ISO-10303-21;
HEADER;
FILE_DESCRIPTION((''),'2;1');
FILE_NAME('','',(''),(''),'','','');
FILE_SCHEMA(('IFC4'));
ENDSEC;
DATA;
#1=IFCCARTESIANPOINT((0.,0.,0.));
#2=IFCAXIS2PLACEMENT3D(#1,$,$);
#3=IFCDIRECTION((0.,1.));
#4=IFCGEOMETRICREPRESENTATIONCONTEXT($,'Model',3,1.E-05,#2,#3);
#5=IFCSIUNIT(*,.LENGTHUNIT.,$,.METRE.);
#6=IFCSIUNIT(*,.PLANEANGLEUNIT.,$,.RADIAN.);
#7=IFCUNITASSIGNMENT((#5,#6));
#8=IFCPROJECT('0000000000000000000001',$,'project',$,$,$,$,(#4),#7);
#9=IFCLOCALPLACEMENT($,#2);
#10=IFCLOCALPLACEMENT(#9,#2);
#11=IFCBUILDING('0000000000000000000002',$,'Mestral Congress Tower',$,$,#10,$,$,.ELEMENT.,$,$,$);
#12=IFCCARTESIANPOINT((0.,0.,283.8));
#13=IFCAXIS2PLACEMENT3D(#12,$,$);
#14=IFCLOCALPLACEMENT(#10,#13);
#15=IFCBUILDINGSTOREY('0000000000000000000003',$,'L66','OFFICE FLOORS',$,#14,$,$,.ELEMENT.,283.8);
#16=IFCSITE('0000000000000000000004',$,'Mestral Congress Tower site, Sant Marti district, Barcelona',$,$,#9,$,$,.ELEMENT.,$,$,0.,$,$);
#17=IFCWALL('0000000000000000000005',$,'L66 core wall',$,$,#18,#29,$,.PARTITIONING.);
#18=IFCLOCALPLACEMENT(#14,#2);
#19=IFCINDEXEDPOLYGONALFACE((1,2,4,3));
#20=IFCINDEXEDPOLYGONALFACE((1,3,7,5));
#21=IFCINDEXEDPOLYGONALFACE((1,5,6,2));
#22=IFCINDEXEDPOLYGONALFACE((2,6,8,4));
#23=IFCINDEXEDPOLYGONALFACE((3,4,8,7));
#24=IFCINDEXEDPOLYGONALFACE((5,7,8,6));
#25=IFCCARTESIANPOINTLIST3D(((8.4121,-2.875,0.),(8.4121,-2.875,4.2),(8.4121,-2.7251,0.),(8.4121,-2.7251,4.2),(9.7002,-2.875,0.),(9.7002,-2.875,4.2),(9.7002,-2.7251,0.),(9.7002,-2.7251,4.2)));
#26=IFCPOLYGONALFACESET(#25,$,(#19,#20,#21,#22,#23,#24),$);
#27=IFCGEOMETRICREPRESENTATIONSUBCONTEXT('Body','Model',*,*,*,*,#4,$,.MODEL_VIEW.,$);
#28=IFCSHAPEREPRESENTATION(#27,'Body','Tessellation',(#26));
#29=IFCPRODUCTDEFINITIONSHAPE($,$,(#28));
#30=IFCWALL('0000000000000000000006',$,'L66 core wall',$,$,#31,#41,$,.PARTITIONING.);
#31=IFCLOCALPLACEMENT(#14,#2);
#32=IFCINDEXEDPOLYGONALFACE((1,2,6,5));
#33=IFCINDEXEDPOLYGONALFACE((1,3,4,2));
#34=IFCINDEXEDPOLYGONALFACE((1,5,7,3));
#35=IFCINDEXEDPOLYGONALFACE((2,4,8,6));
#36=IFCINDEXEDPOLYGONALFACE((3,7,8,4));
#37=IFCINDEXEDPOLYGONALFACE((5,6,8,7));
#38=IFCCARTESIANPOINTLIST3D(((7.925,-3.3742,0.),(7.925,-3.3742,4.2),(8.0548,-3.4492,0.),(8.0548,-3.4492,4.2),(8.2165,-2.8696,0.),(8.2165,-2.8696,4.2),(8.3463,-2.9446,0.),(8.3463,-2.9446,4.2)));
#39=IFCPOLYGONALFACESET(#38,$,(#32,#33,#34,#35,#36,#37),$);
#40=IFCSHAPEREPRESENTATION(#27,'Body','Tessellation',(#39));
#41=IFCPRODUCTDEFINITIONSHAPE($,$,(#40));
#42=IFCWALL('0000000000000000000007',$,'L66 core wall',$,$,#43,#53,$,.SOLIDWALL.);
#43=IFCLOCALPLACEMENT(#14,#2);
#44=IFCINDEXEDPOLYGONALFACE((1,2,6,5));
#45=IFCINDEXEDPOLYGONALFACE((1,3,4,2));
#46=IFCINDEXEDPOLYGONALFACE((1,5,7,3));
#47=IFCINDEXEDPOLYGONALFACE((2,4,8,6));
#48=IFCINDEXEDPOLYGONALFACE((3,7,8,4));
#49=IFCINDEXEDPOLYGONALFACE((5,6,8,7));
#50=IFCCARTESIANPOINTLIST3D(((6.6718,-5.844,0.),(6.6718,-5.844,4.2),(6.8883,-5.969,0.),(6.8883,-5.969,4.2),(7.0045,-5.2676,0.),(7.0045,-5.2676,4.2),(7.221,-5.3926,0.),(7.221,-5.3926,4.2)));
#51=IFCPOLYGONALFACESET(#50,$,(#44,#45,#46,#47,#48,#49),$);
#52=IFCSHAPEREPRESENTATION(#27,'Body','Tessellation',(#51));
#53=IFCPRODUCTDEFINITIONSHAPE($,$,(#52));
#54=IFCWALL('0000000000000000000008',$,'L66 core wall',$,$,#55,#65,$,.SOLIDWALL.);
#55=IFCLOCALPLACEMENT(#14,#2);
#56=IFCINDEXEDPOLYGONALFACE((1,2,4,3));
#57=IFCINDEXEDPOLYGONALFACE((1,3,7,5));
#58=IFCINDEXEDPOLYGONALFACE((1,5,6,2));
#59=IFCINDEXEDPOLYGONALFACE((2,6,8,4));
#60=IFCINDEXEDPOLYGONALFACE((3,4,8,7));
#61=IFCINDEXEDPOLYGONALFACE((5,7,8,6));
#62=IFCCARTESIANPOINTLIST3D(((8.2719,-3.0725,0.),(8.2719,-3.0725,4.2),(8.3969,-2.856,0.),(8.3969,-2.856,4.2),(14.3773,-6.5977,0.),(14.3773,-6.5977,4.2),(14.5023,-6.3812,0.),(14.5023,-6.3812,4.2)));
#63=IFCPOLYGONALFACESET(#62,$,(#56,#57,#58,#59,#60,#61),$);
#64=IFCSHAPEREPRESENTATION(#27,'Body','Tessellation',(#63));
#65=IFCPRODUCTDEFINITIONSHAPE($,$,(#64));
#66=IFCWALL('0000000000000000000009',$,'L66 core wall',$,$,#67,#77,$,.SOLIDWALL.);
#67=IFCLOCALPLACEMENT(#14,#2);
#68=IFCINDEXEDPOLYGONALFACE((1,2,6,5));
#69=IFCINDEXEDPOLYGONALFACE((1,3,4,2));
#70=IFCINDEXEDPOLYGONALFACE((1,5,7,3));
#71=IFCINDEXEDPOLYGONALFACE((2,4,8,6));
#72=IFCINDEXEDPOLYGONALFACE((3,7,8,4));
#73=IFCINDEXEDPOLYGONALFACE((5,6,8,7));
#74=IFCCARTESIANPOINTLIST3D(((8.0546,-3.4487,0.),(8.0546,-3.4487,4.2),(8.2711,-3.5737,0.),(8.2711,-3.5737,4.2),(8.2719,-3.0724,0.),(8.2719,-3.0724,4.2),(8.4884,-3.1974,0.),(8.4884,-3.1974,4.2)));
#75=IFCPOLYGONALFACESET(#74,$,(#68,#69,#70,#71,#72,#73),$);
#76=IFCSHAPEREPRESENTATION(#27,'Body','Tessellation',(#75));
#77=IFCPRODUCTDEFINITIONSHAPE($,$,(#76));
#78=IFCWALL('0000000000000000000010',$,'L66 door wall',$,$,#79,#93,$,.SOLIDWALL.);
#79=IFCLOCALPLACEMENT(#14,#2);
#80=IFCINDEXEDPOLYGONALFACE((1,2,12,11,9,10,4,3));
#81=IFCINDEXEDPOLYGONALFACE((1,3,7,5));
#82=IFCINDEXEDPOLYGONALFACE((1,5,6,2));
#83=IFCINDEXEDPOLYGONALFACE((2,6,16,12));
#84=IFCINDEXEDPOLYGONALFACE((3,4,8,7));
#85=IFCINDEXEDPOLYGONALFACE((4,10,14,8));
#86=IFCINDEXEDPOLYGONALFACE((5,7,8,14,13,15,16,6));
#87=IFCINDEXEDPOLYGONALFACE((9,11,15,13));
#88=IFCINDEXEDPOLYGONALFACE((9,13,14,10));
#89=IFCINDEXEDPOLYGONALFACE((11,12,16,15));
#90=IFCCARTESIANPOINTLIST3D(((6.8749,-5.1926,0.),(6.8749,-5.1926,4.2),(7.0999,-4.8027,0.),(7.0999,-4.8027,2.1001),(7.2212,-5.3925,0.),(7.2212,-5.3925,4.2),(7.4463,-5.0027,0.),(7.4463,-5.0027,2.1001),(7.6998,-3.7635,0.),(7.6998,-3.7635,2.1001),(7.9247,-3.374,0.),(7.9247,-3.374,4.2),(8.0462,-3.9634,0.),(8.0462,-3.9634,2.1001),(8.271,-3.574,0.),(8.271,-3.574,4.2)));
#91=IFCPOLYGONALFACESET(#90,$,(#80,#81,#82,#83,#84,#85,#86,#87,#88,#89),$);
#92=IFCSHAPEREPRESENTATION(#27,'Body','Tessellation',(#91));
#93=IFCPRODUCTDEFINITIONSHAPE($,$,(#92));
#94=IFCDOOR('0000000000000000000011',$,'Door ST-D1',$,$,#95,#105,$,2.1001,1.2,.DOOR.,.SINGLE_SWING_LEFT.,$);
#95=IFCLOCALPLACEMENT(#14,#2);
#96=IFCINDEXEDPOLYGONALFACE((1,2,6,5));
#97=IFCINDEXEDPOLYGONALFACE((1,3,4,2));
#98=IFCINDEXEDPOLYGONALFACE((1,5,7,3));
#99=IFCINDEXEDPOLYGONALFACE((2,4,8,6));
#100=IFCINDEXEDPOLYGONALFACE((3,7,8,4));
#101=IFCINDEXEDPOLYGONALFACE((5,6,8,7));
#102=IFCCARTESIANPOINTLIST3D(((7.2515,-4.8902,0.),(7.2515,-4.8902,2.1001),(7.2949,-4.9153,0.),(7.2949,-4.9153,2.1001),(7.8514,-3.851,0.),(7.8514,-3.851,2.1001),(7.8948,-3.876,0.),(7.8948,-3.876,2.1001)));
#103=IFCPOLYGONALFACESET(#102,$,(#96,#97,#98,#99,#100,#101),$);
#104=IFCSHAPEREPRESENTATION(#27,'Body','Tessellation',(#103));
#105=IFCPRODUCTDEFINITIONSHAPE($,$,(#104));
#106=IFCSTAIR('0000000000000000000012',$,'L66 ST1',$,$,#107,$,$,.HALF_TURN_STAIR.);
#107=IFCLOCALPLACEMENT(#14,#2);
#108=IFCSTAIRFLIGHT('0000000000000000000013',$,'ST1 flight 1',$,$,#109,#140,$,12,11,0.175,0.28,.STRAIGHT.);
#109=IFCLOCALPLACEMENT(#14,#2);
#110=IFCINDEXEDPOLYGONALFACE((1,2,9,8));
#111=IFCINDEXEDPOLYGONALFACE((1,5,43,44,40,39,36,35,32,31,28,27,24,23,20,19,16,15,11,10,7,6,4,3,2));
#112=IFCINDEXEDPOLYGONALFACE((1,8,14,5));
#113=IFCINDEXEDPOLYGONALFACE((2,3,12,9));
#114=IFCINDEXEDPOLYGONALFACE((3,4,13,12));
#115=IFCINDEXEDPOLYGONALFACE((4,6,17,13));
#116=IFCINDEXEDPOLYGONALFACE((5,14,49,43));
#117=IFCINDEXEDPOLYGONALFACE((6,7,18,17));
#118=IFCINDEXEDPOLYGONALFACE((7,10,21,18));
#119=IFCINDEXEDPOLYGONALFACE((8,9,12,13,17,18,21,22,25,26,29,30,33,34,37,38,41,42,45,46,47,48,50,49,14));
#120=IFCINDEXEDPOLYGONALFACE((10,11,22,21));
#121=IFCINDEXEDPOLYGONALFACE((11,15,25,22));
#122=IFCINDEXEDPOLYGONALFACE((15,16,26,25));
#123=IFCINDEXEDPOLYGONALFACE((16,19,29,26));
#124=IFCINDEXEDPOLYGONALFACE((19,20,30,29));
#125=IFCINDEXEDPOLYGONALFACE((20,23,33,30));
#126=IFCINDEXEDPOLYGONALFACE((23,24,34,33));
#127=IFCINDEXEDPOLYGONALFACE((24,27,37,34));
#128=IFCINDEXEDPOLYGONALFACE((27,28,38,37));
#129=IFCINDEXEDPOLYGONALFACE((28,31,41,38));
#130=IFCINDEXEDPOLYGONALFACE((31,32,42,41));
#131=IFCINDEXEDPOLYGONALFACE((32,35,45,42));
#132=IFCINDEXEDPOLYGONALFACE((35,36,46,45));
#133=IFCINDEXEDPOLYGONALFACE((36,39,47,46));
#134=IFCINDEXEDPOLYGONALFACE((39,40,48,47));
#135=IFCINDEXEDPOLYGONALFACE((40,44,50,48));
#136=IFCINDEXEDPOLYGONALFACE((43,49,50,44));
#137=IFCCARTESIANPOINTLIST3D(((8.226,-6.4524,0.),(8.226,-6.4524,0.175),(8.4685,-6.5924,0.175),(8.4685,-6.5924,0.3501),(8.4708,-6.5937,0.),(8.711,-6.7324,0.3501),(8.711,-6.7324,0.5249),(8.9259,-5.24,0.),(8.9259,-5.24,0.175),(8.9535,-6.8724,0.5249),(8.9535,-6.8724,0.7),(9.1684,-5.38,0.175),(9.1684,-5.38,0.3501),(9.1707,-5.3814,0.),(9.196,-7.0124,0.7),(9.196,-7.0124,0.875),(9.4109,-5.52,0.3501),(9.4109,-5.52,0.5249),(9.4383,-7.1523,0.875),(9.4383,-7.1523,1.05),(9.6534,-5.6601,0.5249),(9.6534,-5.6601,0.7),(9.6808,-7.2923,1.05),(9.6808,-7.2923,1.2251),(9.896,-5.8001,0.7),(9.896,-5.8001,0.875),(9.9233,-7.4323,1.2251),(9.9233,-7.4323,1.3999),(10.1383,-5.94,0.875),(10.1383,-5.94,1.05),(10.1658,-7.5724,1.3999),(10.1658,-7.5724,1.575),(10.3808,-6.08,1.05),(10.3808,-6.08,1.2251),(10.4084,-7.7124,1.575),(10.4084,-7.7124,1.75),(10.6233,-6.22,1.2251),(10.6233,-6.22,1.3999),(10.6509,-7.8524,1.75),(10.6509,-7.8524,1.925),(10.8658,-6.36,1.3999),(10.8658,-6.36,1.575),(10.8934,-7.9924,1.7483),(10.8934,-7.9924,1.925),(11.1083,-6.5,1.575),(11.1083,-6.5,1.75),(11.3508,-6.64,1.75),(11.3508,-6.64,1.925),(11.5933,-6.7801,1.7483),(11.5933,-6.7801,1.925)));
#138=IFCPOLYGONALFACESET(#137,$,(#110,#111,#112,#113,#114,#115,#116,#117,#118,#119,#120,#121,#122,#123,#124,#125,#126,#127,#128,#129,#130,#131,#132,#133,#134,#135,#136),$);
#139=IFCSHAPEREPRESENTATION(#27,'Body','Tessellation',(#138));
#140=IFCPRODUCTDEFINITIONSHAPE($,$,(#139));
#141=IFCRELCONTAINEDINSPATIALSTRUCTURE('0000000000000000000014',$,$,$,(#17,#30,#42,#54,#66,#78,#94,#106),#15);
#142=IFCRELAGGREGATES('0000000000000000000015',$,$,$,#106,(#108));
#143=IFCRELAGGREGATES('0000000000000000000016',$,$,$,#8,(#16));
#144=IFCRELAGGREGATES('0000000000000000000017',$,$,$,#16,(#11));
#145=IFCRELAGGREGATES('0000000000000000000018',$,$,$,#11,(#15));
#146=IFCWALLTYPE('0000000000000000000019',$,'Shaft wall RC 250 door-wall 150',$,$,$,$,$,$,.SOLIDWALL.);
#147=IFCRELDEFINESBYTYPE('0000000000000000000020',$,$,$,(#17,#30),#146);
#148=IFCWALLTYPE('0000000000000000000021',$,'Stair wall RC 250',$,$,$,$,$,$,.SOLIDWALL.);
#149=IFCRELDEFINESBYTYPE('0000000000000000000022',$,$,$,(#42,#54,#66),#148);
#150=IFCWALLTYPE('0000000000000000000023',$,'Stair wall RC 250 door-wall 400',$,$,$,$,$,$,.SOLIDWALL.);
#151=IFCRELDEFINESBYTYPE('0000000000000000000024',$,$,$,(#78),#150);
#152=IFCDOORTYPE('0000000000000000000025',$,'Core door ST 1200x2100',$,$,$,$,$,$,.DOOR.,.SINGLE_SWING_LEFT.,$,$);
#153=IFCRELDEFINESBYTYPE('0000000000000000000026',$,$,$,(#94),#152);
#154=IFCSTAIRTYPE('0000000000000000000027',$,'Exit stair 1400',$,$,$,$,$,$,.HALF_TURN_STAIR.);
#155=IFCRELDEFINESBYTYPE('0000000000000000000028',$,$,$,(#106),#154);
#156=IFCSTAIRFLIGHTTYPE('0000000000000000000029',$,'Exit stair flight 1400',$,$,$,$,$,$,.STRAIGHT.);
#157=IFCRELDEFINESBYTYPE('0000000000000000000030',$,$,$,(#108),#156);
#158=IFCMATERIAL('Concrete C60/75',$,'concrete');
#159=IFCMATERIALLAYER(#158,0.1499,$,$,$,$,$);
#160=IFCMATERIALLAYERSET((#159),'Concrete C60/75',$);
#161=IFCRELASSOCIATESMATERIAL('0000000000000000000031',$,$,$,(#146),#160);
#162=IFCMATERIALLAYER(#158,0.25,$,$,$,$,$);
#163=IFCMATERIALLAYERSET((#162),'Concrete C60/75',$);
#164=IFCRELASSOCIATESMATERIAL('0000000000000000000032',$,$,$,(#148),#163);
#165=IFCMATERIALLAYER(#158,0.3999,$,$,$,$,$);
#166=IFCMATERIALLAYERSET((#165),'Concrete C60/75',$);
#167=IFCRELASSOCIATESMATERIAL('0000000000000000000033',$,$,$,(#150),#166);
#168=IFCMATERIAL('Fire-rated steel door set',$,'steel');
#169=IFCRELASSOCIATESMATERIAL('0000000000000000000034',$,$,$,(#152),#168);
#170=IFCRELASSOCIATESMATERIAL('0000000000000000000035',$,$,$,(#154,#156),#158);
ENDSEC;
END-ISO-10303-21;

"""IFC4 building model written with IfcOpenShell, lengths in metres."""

from ifc_helpers import new_model, si_unit, direction, frame, frame_2d, origin, place, context, subcontext, project, spatial, polyline, rectangle, outline, extrude, material, layer, layer_set, type_object, element, fill, aggregate, save


model = new_model("IFC4")

# Units and contexts
model_context = context("Model", 3, precision=1e-05, world=origin(), true_north=direction((0.0, 1.0)))
body_context = subcontext(model_context, "Body", "Model", "MODEL_VIEW")
ifc_project = project(units=[si_unit("LENGTHUNIT", "METRE"), si_unit("PLANEANGLEUNIT", "RADIAN")], contexts=[model_context])

# Site, building, storey
site_placement = place(None, origin())
site = spatial("IfcSite", under=ifc_project, at=site_placement, Name="Mestral Congress Tower site, Sant Marti district, Barcelona", CompositionType="ELEMENT", RefElevation=0.0)
building_placement = place(site_placement, origin())
building = spatial("IfcBuilding", under=site, at=building_placement, Name="Mestral Congress Tower", CompositionType="ELEMENT")
storey_placement = place(building_placement, frame((0.0, 0.0, 283.8)))
storey = spatial("IfcBuildingStorey", under=building, at=storey_placement, Name="L66", Description="OFFICE FLOORS", CompositionType="ELEMENT", Elevation=283.8)

# Shared definitions
ifc_material_1 = material(Name="Fire-rated steel door set", Category="steel")

# Walls
ifc_material_2 = material(Name="Concrete C60/75", Category="concrete")
ifc_layer_1 = layer(ifc_material_2, 0.1499)
ifc_layer_set_1 = layer_set([ifc_layer_1], Name="Concrete C60/75")
wall_type_1 = type_object("IfcWallType", Name="Shaft wall RC 250 door-wall 150", PredefinedType="SOLIDWALL", material=ifc_layer_set_1)
wall_1_placement = place(storey_placement, frame((8.4121, -2.8, 0.0), z_axis=(0.0, 0.0, 1.0), x_axis=(1.0, 0.0, 0.0)))
element("IfcWall", 1, at=wall_1_placement, inside=storey, type_object=wall_type_1, Name="L66 core wall", PredefinedType="PARTITIONING", context=body_context, shape_type="SweptSolid", body=[
    extrude(rectangle(XDim=1.2881, YDim=0.1499, at=frame_2d((0.644, 0.0))), origin(), (0.0, 0.0, 1.0), 4.2),
])
wall_2_placement = place(storey_placement, frame((8.2815, -2.907, 0.0), z_axis=(0.0, 0.0, 1.0), x_axis=(-0.500194, -0.865913, 0.0)))
element("IfcWall", 2, at=wall_2_placement, inside=storey, type_object=wall_type_1, Name="L66 core wall", PredefinedType="PARTITIONING", context=body_context, shape_type="SweptSolid", body=[
    extrude(rectangle(XDim=0.5828, YDim=0.1499, at=frame_2d((0.2915, 0.0))), origin(), (0.0, 0.0, 1.0), 4.2),
])
ifc_layer_2 = layer(ifc_material_2, 0.25)
ifc_layer_set_2 = layer_set([ifc_layer_2], Name="Concrete C60/75")
wall_type_2 = type_object("IfcWallType", Name="Stair wall RC 250", PredefinedType="SOLIDWALL", material=ifc_layer_set_2)
wall_3_placement = place(storey_placement, frame((7.1128, -5.3301, 0.0), z_axis=(0.0, 0.0, 1.0), x_axis=(-0.499966, -0.866045, 0.0)))
element("IfcWall", 3, at=wall_3_placement, inside=storey, type_object=wall_type_2, Name="L66 core wall", PredefinedType="SOLIDWALL", context=body_context, shape_type="SweptSolid", body=[
    extrude(rectangle(XDim=0.6655, YDim=0.25, at=frame_2d((0.3328, 0.0))), origin(), (0.0, 0.0, 1.0), 4.2),
])
wall_4_placement = place(storey_placement, frame((8.3345, -2.9644, 0.0), z_axis=(0.0, 0.0, 1.0), x_axis=(0.866016, -0.500016, 0.0)))
element("IfcWall", 4, at=wall_4_placement, inside=storey, type_object=wall_type_2, Name="L66 core wall", PredefinedType="SOLIDWALL", context=body_context, shape_type="SweptSolid", body=[
    extrude(rectangle(XDim=7.05, YDim=0.25, at=frame_2d((3.5249, 0.0))), origin(), (0.0, 0.0, 1.0), 4.2),
])
wall_5_placement = place(storey_placement, frame((8.1628, -3.5112, 0.0), z_axis=(0.0, 0.0, 1.0), x_axis=(0.500128, 0.865952, 0.0)))
element("IfcWall", 5, at=wall_5_placement, inside=storey, type_object=wall_type_2, Name="L66 core wall", PredefinedType="SOLIDWALL", context=body_context, shape_type="SweptSolid", body=[
    extrude(rectangle(XDim=0.4346, YDim=0.25, at=frame_2d((0.2173, 0.0))), origin(), (0.0, 0.0, 1.0), 4.2),
])

# Wall, opening, door
ifc_layer_3 = layer(ifc_material_2, 0.3999)
ifc_layer_set_3 = layer_set([ifc_layer_3], Name="Concrete C60/75")
wall_type_3 = type_object("IfcWallType", Name="Stair wall RC 250 door-wall 400", PredefinedType="SOLIDWALL", material=ifc_layer_set_3)
wall_6_placement = place(storey_placement, frame((7.0481, -5.2925, 0.0), z_axis=(0.0, 0.0, 1.0), x_axis=(0.499941, 0.86606, 0.0)))
wall_6 = element("IfcWall", 6, at=wall_6_placement, inside=storey, type_object=wall_type_3, Name="L66 door wall", PredefinedType="SOLIDWALL", context=body_context, shape_type="SweptSolid", body=[
    extrude(rectangle(XDim=2.0999, YDim=0.3999, at=frame_2d((1.0498, 0.0))), origin(), (0.0, 0.0, 1.0), 4.2),
])
opening_1_placement = place(wall_6_placement, frame((0.45, 0.0, 0.0)))
opening_1 = element("IfcOpeningElement", 7, at=opening_1_placement, cuts=wall_6, PredefinedType="OPENING", context=body_context, shape_type="SweptSolid", body=[
    extrude(rectangle(XDim=1.2, YDim=2.1001, at=frame_2d((0.6001, 1.05))), frame((0.0, 0.21, 0.0), z_axis=(0.0, -1.0, 0.0), x_axis=(1.0, 0.0, 0.0)), (0.0, 0.0, 1.0), 0.4199),
])
door_type_1 = type_object("IfcDoorType", Name="Core door ST 1200x2100", OperationType="SINGLE_SWING_LEFT", PredefinedType="DOOR", material=ifc_material_1)
door_1_placement = place(opening_1_placement, origin())
door_1 = element("IfcDoor", 8, at=door_1_placement, inside=storey, type_object=door_type_1, Name="Door ST-D1", OperationType="SINGLE_SWING_LEFT", OverallHeight=2.1001, OverallWidth=1.2, PredefinedType="DOOR", context=body_context, shape_type="SweptSolid", body=[
    extrude(rectangle(XDim=1.2, YDim=2.1001, at=frame_2d((0.6001, 1.05))), frame((0.0, 0.0249, 0.0), z_axis=(0.0, -1.0, 0.0), x_axis=(1.0, 0.0, 0.0)), (0.0, 0.0, 1.0), 0.05),
])
fill(opening_1, door_1)

# Stair, stair flight
stair_type = type_object("IfcStairType", Name="Exit stair 1400", PredefinedType="HALF_TURN_STAIR", material=ifc_material_2)
stair_placement = place(storey_placement, origin())
stair = element("IfcStair", 9, at=stair_placement, inside=storey, type_object=stair_type, Name="L66 ST1", PredefinedType="HALF_TURN_STAIR")
stair_flight_type = type_object("IfcStairFlightType", Name="Exit stair flight 1400", PredefinedType="STRAIGHT", material=ifc_material_2)
stair_flight_placement = place(storey_placement, frame((8.5759, -5.8462, 0.0), z_axis=(0.0, 0.0, 1.0), x_axis=(0.866025, -0.5, 0.0)))
stair_flight = element("IfcStairFlight", 10, at=stair_flight_placement, type_object=stair_flight_type, Name="ST1 flight 1", NumberOfRisers=12, NumberOfTreads=11, PredefinedType="STRAIGHT", RiserHeight=0.175, TreadLength=0.28, context=body_context, shape_type="SweptSolid", body=[
    extrude(outline(polyline([(0.0, 0.0), (0.0, 0.175), (0.28, 0.175), (0.28, 0.3501), (0.5601, 0.3501), (0.5601, 0.5249), (0.8401, 0.5249), (0.8401, 0.7), (1.1201, 0.7), (1.1201, 0.875), (1.3999, 0.875), (1.3999, 1.05), (1.6799, 1.05), (1.6799, 1.2251), (1.96, 1.2251), (1.96, 1.3999), (2.24, 1.3999), (2.24, 1.575), (2.52, 1.575), (2.52, 1.75), (2.8, 1.75), (2.8, 1.925), (3.0801, 1.925), (3.0801, 2.1001), (3.0801, 1.7483), (0.2827, 0.0), (0.0, 0.0)])), frame((0.0, 0.7, 0.0), z_axis=(0.0, -1.0, 0.0), x_axis=(1.0, 0.0, 0.0)), (0.0, 0.0, 1.0), 1.3999),
])
aggregate(stair, [stair_flight])

save(model, "model.ifc")
